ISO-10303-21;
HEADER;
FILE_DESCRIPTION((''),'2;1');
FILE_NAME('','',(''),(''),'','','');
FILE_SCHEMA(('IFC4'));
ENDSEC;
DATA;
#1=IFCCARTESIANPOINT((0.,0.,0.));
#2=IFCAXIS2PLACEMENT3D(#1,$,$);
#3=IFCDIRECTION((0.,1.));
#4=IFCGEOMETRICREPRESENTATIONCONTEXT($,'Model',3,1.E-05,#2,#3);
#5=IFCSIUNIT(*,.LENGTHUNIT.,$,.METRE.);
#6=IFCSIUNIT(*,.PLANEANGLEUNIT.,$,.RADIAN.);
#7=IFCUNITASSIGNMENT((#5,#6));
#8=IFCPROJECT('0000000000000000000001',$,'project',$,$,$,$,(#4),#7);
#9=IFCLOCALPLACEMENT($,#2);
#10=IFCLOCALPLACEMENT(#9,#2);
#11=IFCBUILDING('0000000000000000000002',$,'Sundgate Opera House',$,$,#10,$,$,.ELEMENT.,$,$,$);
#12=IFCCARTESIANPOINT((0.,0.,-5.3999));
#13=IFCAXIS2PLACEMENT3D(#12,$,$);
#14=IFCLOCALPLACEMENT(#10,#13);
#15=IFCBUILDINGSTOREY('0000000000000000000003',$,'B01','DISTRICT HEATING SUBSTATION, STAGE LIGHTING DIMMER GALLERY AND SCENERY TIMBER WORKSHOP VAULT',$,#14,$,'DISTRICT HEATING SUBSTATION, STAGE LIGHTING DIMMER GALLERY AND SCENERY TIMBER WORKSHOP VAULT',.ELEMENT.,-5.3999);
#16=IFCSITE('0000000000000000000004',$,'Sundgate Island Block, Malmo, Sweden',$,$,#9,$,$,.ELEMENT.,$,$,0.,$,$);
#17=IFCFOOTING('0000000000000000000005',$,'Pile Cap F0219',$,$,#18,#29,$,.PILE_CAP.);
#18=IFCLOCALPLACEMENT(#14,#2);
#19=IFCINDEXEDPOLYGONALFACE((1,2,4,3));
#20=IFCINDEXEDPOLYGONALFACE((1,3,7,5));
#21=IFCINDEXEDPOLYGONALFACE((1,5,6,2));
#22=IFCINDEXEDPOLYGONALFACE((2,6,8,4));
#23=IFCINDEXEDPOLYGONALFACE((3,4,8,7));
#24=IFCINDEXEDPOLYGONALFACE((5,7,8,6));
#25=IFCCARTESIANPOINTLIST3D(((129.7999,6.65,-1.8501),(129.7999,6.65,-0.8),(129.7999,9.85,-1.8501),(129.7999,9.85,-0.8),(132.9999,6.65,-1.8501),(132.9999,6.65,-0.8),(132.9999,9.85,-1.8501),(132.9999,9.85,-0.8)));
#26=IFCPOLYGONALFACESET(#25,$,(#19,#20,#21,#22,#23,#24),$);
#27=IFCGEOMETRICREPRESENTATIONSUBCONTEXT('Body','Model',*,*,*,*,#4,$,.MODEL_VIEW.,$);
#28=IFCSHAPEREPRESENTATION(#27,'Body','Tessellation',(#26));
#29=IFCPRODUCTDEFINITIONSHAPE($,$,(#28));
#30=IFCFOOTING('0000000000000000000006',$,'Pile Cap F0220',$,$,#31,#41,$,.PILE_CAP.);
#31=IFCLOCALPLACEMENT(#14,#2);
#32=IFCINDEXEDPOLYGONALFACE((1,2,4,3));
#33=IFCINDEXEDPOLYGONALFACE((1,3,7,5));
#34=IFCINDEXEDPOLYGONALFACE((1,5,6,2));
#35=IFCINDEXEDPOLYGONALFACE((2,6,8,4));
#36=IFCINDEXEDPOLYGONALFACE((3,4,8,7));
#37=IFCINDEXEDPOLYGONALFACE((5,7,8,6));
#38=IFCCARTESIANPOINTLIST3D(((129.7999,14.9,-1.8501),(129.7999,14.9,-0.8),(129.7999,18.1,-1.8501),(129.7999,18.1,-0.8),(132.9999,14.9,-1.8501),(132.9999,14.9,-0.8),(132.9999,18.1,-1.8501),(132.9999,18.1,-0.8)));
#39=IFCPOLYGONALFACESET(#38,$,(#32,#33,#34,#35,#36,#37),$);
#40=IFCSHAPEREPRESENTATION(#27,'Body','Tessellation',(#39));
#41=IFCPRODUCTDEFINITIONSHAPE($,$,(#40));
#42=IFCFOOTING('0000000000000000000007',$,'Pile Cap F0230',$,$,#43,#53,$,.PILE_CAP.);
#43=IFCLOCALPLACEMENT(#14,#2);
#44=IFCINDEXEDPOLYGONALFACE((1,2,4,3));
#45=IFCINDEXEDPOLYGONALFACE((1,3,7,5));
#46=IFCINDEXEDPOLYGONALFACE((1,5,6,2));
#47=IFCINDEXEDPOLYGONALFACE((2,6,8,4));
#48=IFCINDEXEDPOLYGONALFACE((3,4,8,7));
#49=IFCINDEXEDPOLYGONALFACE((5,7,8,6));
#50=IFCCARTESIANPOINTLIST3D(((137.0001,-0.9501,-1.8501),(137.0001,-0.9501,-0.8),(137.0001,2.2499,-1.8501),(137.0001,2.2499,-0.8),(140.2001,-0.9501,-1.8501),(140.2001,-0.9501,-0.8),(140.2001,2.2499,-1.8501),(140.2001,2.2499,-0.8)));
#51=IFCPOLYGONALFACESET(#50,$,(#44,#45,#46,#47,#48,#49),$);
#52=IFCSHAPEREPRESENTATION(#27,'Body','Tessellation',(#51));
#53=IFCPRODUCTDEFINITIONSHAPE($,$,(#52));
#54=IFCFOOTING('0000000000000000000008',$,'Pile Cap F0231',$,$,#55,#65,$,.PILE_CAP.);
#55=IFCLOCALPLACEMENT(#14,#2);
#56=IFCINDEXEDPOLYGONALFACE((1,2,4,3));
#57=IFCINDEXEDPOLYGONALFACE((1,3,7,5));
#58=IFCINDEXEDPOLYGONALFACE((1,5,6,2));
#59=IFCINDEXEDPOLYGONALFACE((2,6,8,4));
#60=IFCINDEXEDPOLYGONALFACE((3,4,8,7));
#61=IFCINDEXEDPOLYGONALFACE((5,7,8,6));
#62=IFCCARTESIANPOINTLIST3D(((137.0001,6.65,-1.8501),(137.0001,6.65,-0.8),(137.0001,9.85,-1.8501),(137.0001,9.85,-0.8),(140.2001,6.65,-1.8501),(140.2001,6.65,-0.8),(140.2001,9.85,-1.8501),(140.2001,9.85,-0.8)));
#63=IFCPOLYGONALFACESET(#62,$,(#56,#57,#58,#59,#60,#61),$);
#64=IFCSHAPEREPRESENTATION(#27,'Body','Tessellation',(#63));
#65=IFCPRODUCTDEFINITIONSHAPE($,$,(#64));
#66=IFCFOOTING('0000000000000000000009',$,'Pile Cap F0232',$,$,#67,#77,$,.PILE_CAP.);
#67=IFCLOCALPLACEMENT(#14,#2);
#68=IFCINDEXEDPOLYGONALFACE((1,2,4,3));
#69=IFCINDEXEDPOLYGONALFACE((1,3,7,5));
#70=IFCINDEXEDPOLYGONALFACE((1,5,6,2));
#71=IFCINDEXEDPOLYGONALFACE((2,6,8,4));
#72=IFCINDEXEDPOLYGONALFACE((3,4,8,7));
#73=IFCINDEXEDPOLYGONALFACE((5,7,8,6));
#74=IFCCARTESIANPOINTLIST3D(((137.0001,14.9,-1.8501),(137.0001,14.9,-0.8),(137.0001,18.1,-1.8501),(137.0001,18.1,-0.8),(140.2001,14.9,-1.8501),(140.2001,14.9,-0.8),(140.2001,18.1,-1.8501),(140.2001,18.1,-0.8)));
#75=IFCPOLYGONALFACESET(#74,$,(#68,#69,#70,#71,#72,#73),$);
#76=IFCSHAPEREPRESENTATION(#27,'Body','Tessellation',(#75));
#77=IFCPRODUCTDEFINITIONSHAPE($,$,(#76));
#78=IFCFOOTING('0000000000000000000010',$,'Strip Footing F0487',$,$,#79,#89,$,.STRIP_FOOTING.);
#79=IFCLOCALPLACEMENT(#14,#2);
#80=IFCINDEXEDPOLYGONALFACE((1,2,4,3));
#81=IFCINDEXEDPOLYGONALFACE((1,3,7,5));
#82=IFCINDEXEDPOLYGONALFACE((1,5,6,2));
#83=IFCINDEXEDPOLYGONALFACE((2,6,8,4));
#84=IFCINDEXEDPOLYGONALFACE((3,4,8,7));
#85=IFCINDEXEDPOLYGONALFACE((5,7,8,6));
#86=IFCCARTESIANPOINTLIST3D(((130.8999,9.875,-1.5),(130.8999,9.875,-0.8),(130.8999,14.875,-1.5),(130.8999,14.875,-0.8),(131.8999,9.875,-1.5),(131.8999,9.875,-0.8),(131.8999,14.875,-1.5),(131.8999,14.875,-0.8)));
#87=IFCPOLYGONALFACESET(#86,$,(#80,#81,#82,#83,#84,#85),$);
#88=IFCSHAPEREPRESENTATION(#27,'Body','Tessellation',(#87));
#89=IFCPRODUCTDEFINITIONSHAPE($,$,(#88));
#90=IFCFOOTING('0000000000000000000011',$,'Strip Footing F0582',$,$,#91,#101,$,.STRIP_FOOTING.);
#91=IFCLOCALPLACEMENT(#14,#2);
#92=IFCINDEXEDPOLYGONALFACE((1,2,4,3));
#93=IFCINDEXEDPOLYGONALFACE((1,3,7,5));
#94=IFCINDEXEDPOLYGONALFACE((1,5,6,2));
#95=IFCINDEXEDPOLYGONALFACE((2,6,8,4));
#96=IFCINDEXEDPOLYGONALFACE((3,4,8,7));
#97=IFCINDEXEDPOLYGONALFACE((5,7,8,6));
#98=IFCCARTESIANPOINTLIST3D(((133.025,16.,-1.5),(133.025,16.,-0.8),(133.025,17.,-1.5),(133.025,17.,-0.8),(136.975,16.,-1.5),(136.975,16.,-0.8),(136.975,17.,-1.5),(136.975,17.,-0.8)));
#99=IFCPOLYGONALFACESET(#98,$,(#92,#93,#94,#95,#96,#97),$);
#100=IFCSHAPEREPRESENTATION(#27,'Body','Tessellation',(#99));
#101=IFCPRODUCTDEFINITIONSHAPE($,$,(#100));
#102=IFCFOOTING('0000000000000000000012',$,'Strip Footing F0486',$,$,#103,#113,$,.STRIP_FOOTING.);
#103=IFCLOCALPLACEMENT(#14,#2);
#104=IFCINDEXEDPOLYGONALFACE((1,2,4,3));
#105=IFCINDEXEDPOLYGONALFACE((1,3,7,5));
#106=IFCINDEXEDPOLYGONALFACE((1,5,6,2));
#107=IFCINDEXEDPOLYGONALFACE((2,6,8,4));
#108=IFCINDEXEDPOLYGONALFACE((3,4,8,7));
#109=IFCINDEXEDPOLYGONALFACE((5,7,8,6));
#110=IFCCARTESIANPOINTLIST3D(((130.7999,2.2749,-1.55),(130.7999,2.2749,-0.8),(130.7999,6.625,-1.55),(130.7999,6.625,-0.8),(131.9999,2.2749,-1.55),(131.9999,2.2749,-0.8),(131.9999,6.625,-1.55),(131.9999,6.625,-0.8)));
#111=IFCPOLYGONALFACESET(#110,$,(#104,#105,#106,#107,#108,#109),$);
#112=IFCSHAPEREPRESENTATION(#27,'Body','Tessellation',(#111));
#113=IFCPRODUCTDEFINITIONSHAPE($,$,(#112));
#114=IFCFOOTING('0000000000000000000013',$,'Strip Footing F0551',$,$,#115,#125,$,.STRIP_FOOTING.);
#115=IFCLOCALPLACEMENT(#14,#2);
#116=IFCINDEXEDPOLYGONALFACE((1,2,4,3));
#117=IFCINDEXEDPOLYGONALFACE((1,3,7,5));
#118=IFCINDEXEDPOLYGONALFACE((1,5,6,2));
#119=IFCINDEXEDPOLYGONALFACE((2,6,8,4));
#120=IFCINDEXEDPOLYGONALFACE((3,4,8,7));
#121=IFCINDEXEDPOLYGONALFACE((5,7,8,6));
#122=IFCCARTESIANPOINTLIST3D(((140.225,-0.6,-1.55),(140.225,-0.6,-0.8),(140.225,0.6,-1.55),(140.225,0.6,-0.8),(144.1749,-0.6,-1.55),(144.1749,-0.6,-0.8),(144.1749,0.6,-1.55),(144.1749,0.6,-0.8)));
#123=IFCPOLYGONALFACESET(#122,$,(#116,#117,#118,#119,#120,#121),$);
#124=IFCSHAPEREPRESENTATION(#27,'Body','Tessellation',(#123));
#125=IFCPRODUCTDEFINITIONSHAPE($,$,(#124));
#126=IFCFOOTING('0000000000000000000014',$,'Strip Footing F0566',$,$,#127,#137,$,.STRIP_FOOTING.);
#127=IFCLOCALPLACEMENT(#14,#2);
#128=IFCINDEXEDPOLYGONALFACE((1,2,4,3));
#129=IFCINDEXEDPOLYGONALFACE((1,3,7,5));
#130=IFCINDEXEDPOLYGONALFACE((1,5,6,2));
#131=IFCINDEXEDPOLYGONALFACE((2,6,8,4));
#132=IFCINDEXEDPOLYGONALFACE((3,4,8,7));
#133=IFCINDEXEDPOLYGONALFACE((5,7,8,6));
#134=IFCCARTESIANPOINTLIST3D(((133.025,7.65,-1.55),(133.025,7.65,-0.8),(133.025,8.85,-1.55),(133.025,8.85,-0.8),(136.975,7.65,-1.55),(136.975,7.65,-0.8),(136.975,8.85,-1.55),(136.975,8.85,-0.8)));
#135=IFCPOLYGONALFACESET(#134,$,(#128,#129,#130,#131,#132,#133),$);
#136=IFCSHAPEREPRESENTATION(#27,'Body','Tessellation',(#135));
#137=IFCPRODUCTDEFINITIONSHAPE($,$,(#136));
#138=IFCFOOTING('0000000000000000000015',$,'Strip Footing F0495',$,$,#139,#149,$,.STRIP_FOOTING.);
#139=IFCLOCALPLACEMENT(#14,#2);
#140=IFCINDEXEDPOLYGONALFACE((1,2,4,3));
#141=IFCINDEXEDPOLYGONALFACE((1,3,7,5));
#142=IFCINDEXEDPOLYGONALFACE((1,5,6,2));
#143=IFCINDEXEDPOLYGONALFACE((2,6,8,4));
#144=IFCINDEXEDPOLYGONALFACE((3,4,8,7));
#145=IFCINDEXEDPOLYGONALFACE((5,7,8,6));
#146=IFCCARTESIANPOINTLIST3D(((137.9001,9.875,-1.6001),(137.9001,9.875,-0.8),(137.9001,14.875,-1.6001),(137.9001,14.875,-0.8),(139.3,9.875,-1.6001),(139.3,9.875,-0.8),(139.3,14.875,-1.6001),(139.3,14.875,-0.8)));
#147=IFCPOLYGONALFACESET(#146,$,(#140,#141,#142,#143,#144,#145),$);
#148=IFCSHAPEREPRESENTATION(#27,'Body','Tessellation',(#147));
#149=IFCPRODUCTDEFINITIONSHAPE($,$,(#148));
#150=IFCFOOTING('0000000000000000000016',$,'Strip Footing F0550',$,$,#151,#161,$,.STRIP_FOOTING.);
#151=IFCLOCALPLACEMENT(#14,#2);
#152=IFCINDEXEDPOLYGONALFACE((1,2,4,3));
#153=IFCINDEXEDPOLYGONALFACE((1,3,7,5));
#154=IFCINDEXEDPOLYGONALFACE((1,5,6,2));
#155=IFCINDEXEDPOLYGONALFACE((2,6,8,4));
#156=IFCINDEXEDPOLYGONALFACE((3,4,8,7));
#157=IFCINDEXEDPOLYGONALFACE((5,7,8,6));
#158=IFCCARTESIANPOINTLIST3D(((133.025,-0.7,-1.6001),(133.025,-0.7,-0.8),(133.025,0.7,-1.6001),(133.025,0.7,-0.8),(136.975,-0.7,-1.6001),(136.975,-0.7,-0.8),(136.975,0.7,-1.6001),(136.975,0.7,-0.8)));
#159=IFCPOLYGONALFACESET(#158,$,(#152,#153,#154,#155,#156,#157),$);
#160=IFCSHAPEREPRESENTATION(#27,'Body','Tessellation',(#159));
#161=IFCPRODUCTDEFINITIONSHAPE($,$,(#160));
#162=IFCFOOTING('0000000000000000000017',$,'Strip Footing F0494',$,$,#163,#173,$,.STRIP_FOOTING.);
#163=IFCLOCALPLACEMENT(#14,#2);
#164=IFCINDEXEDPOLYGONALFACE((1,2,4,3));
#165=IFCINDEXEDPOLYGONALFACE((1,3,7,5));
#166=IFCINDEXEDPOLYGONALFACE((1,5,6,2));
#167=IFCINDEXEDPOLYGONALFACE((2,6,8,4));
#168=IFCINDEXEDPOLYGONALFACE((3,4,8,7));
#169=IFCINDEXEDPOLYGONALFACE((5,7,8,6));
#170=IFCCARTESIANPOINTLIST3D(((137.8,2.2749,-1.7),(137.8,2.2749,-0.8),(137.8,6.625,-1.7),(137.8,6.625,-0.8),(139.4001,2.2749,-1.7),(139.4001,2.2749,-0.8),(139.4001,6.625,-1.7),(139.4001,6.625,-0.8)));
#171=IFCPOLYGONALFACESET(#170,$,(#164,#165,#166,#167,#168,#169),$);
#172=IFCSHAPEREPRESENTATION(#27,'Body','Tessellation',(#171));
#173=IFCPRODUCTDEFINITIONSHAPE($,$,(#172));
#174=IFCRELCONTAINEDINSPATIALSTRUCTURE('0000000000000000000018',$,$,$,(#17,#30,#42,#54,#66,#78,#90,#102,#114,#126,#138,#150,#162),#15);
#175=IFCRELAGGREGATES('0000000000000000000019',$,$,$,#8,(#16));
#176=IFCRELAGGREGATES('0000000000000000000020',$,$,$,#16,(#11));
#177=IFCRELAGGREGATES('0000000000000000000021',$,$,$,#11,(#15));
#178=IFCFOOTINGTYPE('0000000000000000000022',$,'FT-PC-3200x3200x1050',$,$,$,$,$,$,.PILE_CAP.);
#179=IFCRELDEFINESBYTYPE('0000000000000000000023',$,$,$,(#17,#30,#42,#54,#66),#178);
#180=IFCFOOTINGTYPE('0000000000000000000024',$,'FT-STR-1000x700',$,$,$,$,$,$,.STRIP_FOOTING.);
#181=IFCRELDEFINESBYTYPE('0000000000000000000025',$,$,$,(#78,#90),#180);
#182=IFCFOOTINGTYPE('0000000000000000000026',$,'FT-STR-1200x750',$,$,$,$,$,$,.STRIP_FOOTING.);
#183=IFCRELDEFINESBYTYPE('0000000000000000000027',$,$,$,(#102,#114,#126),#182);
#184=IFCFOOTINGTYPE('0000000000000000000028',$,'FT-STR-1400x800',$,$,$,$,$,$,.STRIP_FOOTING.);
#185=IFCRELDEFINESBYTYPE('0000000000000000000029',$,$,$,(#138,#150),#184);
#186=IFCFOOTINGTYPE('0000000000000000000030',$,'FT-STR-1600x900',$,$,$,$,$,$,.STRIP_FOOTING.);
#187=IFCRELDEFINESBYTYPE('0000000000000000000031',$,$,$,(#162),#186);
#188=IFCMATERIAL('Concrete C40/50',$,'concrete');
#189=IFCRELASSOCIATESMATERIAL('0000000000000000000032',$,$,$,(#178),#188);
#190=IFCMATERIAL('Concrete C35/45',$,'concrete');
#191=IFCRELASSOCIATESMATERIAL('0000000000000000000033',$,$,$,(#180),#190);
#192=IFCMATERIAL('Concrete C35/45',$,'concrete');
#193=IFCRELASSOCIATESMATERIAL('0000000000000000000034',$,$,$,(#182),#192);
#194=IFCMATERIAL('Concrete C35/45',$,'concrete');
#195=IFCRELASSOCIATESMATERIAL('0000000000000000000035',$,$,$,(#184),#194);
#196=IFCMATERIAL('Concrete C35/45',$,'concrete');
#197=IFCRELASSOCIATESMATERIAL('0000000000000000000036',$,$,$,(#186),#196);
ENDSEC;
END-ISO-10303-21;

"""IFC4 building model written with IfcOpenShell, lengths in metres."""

from ifc_helpers import new_model, si_unit, direction, frame, origin, origin_2d, place, context, subcontext, project, spatial, rectangle, extrude, material, type_object, element, save


model = new_model("IFC4")

# Units and contexts
model_context = context("Model", 3, precision=1e-05, world=origin(), true_north=direction((0.0, 1.0)))
body_context = subcontext(model_context, "Body", "Model", "MODEL_VIEW")
ifc_project = project(units=[si_unit("LENGTHUNIT", "METRE"), si_unit("PLANEANGLEUNIT", "RADIAN")], contexts=[model_context])

# Site, building, storey
site_placement = place(None, origin())
site = spatial("IfcSite", under=ifc_project, at=site_placement, Name="Sundgate Island Block, Malmo, Sweden", CompositionType="ELEMENT", RefElevation=0.0)
building_placement = place(site_placement, origin())
building = spatial("IfcBuilding", under=site, at=building_placement, Name="Sundgate Opera House", CompositionType="ELEMENT")
storey_placement = place(building_placement, frame((0.0, 0.0, -5.3999)))
storey = spatial("IfcBuildingStorey", under=building, at=storey_placement, Name="B01", Description="DISTRICT HEATING SUBSTATION, STAGE LIGHTING DIMMER GALLERY AND SCENERY TIMBER WORKSHOP VAULT", LongName="DISTRICT HEATING SUBSTATION, STAGE LIGHTING DIMMER GALLERY AND SCENERY TIMBER WORKSHOP VAULT", CompositionType="ELEMENT", Elevation=-5.3999)

# Footings
ifc_material_1 = material(Name="Concrete C40/50", Category="concrete")
footing_type_1 = type_object("IfcFootingType", Name="FT-PC-3200x3200x1050", PredefinedType="PILE_CAP", material=ifc_material_1)
for number, where, z_axis, x_axis, name in (
    (1, (131.3999, 8.25, -1.8501), (0.0, 0.0, 1.0), (1.0, 0.0, 0.0), "Pile Cap F0219"),
    (2, (131.3999, 16.5, -1.8501), (0.0, 0.0, 1.0), (1.0, 0.0, 0.0), "Pile Cap F0220"),
    (3, (138.6001, 0.6499, -1.8501), (0.0, 0.0, 1.0), (1.0, 0.0, 0.0), "Pile Cap F0230"),
    (4, (138.6001, 8.25, -1.8501), (0.0, 0.0, 1.0), (1.0, 0.0, 0.0), "Pile Cap F0231"),
    (5, (138.6001, 16.5, -1.8501), (0.0, 0.0, 1.0), (1.0, 0.0, 0.0), "Pile Cap F0232"),
):
    element("IfcFooting", number, at=place(storey_placement, frame(where, z_axis=z_axis, x_axis=x_axis)), inside=storey, type_object=footing_type_1, Name=name, PredefinedType="PILE_CAP", context=body_context, shape_type="SweptSolid", body=[
        extrude(rectangle(XDim=3.2, YDim=3.2, at=origin_2d()), origin(), (0.0, 0.0, 1.0), 1.05),
    ])
ifc_material_2 = material(Name="Concrete C35/45", Category="concrete")
footing_type_2 = type_object("IfcFootingType", Name="FT-STR-1000x700", PredefinedType="STRIP_FOOTING", material=ifc_material_2)
footing_1_placement = place(storey_placement, frame((131.3999, 12.375, -1.5), z_axis=(0.0, 0.0, 1.0), x_axis=(1.0, 0.0, 0.0)))
element("IfcFooting", 6, at=footing_1_placement, inside=storey, type_object=footing_type_2, Name="Strip Footing F0487", PredefinedType="STRIP_FOOTING", context=body_context, shape_type="SweptSolid", body=[
    extrude(rectangle(XDim=1.0, YDim=5.0, at=origin_2d()), origin(), (0.0, 0.0, 1.0), 0.7),
])
footing_2_placement = place(storey_placement, frame((135.0, 16.5, -1.5), z_axis=(0.0, 0.0, 1.0), x_axis=(1.0, 0.0, 0.0)))
element("IfcFooting", 7, at=footing_2_placement, inside=storey, type_object=footing_type_2, Name="Strip Footing F0582", PredefinedType="STRIP_FOOTING", context=body_context, shape_type="SweptSolid", body=[
    extrude(rectangle(XDim=3.95, YDim=1.0, at=origin_2d()), origin(), (0.0, 0.0, 1.0), 0.7),
])
ifc_material_3 = material(Name="Concrete C35/45", Category="concrete")
footing_type_3 = type_object("IfcFootingType", Name="FT-STR-1200x750", PredefinedType="STRIP_FOOTING", material=ifc_material_3)
footing_3_placement = place(storey_placement, frame((131.3999, 4.45, -1.55), z_axis=(0.0, 0.0, 1.0), x_axis=(1.0, 0.0, 0.0)))
element("IfcFooting", 8, at=footing_3_placement, inside=storey, type_object=footing_type_3, Name="Strip Footing F0486", PredefinedType="STRIP_FOOTING", context=body_context, shape_type="SweptSolid", body=[
    extrude(rectangle(XDim=1.2, YDim=4.3501, at=origin_2d()), origin(), (0.0, 0.0, 1.0), 0.75),
])
for number, where, z_axis, x_axis, name in (
    (9, (142.2, 0.0, -1.55), (0.0, 0.0, 1.0), (1.0, 0.0, 0.0), "Strip Footing F0551"),
    (10, (135.0, 8.25, -1.55), (0.0, 0.0, 1.0), (1.0, 0.0, 0.0), "Strip Footing F0566"),
):
    element("IfcFooting", number, at=place(storey_placement, frame(where, z_axis=z_axis, x_axis=x_axis)), inside=storey, type_object=footing_type_3, Name=name, PredefinedType="STRIP_FOOTING", context=body_context, shape_type="SweptSolid", body=[
        extrude(rectangle(XDim=3.95, YDim=1.2, at=origin_2d()), origin(), (0.0, 0.0, 1.0), 0.75),
    ])
ifc_material_4 = material(Name="Concrete C35/45", Category="concrete")
footing_type_4 = type_object("IfcFootingType", Name="FT-STR-1400x800", PredefinedType="STRIP_FOOTING", material=ifc_material_4)
footing_4_placement = place(storey_placement, frame((138.6001, 12.375, -1.6001), z_axis=(0.0, 0.0, 1.0), x_axis=(1.0, 0.0, 0.0)))
element("IfcFooting", 11, at=footing_4_placement, inside=storey, type_object=footing_type_4, Name="Strip Footing F0495", PredefinedType="STRIP_FOOTING", context=body_context, shape_type="SweptSolid", body=[
    extrude(rectangle(XDim=1.3999, YDim=5.0, at=origin_2d()), origin(), (0.0, 0.0, 1.0), 0.8),
])
footing_5_placement = place(storey_placement, frame((135.0, 0.0, -1.6001), z_axis=(0.0, 0.0, 1.0), x_axis=(1.0, 0.0, 0.0)))
element("IfcFooting", 12, at=footing_5_placement, inside=storey, type_object=footing_type_4, Name="Strip Footing F0550", PredefinedType="STRIP_FOOTING", context=body_context, shape_type="SweptSolid", body=[
    extrude(rectangle(XDim=3.95, YDim=1.3999, at=origin_2d()), origin(), (0.0, 0.0, 1.0), 0.8),
])
ifc_material_5 = material(Name="Concrete C35/45", Category="concrete")
footing_type_5 = type_object("IfcFootingType", Name="FT-STR-1600x900", PredefinedType="STRIP_FOOTING", material=ifc_material_5)
footing_6_placement = place(storey_placement, frame((138.6001, 4.45, -1.7), z_axis=(0.0, 0.0, 1.0), x_axis=(1.0, 0.0, 0.0)))
element("IfcFooting", 13, at=footing_6_placement, inside=storey, type_object=footing_type_5, Name="Strip Footing F0494", PredefinedType="STRIP_FOOTING", context=body_context, shape_type="SweptSolid", body=[
    extrude(rectangle(XDim=1.6001, YDim=4.3501, at=origin_2d()), origin(), (0.0, 0.0, 1.0), 0.8999),
])

save(model, "model.ifc")
